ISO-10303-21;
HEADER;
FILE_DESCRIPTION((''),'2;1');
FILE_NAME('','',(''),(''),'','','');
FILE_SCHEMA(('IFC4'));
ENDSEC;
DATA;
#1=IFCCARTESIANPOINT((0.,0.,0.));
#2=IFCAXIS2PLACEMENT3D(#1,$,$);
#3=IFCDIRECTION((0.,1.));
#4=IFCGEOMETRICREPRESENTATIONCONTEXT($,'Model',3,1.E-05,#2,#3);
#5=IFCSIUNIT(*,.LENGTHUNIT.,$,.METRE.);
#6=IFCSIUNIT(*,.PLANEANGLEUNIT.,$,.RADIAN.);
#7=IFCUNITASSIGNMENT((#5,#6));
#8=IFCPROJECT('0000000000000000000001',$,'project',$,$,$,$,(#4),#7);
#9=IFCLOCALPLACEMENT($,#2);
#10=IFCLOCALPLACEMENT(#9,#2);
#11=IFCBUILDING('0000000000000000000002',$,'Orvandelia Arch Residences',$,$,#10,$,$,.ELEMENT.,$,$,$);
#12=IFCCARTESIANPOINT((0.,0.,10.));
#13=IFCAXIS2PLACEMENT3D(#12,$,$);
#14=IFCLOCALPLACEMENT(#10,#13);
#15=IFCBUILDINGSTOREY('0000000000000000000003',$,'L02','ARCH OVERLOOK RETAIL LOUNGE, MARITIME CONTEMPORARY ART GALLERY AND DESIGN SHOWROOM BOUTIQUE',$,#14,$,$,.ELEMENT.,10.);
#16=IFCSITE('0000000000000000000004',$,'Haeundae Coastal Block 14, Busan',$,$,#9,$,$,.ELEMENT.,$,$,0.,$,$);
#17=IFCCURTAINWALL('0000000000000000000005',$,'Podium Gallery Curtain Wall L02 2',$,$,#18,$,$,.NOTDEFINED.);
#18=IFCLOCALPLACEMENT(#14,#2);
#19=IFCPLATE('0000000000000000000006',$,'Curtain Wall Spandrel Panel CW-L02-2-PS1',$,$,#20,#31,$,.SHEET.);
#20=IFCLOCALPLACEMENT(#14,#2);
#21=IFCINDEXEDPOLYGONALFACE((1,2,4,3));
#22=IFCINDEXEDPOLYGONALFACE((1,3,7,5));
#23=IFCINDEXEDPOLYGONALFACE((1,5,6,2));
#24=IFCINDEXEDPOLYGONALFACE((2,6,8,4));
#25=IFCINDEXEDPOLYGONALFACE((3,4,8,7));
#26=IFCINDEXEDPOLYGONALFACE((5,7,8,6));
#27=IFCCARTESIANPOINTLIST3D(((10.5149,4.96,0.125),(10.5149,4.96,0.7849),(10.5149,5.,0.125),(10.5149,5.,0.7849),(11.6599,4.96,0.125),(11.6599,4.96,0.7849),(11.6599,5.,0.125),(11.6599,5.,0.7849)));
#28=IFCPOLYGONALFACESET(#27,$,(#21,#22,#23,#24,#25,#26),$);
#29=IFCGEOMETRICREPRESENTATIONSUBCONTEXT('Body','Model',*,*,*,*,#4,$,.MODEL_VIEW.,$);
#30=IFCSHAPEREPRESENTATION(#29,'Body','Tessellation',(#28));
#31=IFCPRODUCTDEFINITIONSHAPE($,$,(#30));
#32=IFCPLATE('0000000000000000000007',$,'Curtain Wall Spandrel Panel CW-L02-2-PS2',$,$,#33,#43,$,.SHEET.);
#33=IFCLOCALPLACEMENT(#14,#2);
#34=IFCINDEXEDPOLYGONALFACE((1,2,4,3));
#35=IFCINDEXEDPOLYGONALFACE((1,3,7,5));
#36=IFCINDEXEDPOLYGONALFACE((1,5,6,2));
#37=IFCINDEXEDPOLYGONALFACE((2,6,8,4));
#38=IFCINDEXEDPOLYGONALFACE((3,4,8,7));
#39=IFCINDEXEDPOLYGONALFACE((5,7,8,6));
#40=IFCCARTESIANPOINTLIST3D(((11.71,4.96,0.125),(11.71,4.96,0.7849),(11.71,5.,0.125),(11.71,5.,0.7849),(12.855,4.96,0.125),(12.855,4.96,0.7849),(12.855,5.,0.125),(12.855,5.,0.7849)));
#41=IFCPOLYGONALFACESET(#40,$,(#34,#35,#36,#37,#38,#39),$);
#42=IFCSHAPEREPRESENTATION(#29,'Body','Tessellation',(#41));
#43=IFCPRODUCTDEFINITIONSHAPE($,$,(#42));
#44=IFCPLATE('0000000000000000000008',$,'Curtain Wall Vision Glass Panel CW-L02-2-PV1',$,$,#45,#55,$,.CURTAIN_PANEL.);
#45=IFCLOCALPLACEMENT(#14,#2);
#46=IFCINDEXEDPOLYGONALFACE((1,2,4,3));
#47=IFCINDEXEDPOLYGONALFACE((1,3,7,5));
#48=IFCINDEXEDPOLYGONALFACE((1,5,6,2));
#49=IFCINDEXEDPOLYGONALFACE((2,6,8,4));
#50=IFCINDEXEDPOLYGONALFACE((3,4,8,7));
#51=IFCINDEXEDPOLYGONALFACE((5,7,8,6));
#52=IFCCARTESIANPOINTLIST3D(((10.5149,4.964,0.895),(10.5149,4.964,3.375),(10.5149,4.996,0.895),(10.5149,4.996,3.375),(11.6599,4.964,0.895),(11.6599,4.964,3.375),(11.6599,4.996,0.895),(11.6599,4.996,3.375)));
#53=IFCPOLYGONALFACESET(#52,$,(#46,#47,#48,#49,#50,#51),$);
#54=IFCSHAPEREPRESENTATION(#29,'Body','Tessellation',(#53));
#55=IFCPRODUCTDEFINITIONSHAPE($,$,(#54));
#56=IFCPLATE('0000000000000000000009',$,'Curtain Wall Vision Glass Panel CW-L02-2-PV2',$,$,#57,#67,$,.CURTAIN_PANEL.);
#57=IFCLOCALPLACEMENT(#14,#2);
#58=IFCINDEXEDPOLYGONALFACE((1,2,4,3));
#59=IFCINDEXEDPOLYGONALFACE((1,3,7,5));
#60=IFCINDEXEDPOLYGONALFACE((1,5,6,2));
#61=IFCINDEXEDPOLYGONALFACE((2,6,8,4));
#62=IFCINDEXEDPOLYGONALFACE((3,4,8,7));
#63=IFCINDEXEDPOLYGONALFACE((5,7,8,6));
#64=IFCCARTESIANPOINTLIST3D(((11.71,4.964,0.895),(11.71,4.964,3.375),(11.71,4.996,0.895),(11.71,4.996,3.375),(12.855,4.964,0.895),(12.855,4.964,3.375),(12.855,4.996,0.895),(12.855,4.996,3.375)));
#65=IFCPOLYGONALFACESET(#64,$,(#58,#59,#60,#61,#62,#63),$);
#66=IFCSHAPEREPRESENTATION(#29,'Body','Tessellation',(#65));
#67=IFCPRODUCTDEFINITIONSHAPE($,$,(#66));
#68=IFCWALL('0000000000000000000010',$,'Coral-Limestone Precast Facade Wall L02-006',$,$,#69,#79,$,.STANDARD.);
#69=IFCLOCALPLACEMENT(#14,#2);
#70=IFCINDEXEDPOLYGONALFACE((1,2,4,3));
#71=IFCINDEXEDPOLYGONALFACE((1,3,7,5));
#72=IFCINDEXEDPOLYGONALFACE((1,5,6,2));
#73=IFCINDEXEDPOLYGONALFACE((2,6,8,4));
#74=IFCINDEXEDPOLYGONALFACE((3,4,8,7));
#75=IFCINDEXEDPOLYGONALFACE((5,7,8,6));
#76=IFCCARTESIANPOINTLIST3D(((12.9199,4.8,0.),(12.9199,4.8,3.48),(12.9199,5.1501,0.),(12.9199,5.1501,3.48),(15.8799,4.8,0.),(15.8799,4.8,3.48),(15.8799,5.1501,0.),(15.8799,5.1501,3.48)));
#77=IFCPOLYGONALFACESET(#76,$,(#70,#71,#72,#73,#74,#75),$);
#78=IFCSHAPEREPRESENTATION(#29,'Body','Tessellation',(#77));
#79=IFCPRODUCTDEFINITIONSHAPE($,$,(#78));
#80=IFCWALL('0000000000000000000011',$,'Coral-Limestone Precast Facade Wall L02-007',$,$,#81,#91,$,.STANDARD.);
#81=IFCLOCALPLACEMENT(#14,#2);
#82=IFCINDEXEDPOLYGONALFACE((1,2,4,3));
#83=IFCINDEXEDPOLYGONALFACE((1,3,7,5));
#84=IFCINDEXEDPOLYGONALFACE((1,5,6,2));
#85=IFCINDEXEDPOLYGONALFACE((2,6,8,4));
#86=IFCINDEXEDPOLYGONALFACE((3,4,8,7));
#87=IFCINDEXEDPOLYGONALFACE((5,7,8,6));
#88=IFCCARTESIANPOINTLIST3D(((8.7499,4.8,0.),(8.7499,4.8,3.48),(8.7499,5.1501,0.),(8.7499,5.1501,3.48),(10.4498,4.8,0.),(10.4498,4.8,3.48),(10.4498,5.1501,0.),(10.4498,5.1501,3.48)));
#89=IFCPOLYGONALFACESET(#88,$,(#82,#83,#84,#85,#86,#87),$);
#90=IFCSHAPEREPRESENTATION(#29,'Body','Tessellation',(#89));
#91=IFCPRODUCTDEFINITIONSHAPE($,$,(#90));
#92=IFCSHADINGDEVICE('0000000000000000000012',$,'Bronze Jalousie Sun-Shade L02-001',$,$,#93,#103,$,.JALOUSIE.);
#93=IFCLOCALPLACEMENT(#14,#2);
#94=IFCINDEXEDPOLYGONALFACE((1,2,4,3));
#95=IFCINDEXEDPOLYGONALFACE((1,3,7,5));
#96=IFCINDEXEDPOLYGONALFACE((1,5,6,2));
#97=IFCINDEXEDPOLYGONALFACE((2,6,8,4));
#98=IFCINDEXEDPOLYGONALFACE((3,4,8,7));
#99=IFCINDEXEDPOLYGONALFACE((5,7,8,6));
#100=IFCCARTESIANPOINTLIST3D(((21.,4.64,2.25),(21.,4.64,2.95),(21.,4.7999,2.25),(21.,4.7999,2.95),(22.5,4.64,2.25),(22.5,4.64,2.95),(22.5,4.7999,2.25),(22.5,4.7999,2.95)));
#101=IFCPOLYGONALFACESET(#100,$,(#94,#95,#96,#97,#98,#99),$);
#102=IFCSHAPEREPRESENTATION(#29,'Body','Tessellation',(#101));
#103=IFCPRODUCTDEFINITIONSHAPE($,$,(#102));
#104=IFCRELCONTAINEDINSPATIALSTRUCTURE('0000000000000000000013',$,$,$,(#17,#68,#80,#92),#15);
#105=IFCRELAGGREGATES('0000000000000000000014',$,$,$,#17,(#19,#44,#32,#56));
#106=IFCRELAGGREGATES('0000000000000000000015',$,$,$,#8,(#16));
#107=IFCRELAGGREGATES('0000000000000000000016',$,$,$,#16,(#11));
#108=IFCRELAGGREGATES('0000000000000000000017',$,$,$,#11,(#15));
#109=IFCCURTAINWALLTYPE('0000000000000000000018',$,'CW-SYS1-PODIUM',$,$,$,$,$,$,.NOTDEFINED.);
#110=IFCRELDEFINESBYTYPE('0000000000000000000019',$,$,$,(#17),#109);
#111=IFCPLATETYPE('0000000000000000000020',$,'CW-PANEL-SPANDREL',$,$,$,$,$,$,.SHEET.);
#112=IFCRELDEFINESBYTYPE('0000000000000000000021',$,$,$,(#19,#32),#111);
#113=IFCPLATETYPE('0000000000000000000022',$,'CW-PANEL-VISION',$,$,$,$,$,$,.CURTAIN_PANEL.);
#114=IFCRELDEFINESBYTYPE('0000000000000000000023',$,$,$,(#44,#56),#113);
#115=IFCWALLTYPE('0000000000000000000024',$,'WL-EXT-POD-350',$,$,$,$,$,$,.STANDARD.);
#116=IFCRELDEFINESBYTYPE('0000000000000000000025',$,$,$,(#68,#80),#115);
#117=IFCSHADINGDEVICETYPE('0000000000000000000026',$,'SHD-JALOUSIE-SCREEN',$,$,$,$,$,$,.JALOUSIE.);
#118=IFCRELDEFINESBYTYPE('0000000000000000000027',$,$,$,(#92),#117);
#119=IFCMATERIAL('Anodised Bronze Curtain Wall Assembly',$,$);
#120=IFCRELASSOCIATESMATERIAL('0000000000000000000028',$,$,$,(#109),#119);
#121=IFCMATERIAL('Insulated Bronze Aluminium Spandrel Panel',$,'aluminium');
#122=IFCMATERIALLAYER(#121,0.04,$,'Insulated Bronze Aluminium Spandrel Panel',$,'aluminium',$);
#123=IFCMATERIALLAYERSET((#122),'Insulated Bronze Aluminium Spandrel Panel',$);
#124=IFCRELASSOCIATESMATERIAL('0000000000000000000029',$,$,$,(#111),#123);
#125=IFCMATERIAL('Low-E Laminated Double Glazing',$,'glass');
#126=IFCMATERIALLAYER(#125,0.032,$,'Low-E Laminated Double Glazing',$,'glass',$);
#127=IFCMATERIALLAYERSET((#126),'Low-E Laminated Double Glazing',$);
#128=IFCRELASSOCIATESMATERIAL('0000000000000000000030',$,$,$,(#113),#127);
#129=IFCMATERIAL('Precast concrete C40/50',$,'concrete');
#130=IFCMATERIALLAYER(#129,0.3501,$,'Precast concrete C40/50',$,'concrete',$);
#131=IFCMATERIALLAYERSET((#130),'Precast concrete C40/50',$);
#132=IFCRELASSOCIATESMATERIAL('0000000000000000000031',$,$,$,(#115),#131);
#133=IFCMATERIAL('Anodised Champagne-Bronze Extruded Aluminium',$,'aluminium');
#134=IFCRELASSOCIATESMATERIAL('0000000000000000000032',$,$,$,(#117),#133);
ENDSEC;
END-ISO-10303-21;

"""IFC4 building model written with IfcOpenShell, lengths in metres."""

from ifc_helpers import new_model, si_unit, direction, frame, frame_2d, origin, origin_2d, place, context, subcontext, project, spatial, rectangle, extrude, material, layer, layer_set, type_object, element, aggregate, save


model = new_model("IFC4")

# Units and contexts
model_context = context("Model", 3, precision=1e-05, world=origin(), true_north=direction((0.0, 1.0)))
body_context = subcontext(model_context, "Body", "Model", "MODEL_VIEW")
ifc_project = project(units=[si_unit("LENGTHUNIT", "METRE"), si_unit("PLANEANGLEUNIT", "RADIAN")], contexts=[model_context])

# Site, building, storey
site_placement = place(None, origin())
site = spatial("IfcSite", under=ifc_project, at=site_placement, Name="Haeundae Coastal Block 14, Busan", CompositionType="ELEMENT", RefElevation=0.0)
building_placement = place(site_placement, origin())
building = spatial("IfcBuilding", under=site, at=building_placement, Name="Orvandelia Arch Residences", CompositionType="ELEMENT")
storey_placement = place(building_placement, frame((0.0, 0.0, 10.0)))
storey = spatial("IfcBuildingStorey", under=building, at=storey_placement, Name="L02", Description="ARCH OVERLOOK RETAIL LOUNGE, MARITIME CONTEMPORARY ART GALLERY AND DESIGN SHOWROOM BOUTIQUE", CompositionType="ELEMENT", Elevation=10.0)

# Shared definitions
ifc_material_1 = material(Name="Anodised Bronze Curtain Wall Assembly")
curtain_wall_type = type_object("IfcCurtainWallType", Name="CW-SYS1-PODIUM", PredefinedType="NOTDEFINED", material=ifc_material_1)

# Curtain wall
curtain_wall_1_placement = place(storey_placement, origin())
curtain_wall_1 = element("IfcCurtainWall", 1, at=curtain_wall_1_placement, inside=storey, type_object=curtain_wall_type, Name="Podium Gallery Curtain Wall L02 2", PredefinedType="NOTDEFINED")

# Plates
ifc_material_2 = material(Name="Insulated Bronze Aluminium Spandrel Panel", Category="aluminium")
ifc_layer_1 = layer(ifc_material_2, 0.04, Name="Insulated Bronze Aluminium Spandrel Panel", Category="aluminium")
ifc_layer_set_1 = layer_set([ifc_layer_1], Name="Insulated Bronze Aluminium Spandrel Panel")
plate_type_1 = type_object("IfcPlateType", Name="CW-PANEL-SPANDREL", PredefinedType="SHEET", material=ifc_layer_set_1)
plate_1_placement = place(storey_placement, frame((11.0874, 4.98, 0.125), z_axis=(0.0, 0.0, 1.0), x_axis=(1.0, 0.0, 0.0)))
plate_1 = element("IfcPlate", 2, at=plate_1_placement, type_object=plate_type_1, Name="Curtain Wall Spandrel Panel CW-L02-2-PS1", PredefinedType="SHEET", context=body_context, shape_type="SweptSolid", body=[
    extrude(rectangle(XDim=1.145, YDim=0.04, at=origin_2d()), origin(), (0.0, 0.0, 1.0), 0.6599),
])
plate_2_placement = place(storey_placement, frame((12.2825, 4.98, 0.125), z_axis=(0.0, 0.0, 1.0), x_axis=(1.0, 0.0, 0.0)))
plate_2 = element("IfcPlate", 3, at=plate_2_placement, type_object=plate_type_1, Name="Curtain Wall Spandrel Panel CW-L02-2-PS2", PredefinedType="SHEET", context=body_context, shape_type="SweptSolid", body=[
    extrude(rectangle(XDim=1.145, YDim=0.04, at=origin_2d()), origin(), (0.0, 0.0, 1.0), 0.6599),
])
ifc_material_3 = material(Name="Low-E Laminated Double Glazing", Category="glass")
ifc_layer_2 = layer(ifc_material_3, 0.032, Name="Low-E Laminated Double Glazing", Category="glass")
ifc_layer_set_2 = layer_set([ifc_layer_2], Name="Low-E Laminated Double Glazing")
plate_type_2 = type_object("IfcPlateType", Name="CW-PANEL-VISION", PredefinedType="CURTAIN_PANEL", material=ifc_layer_set_2)
plate_3_placement = place(storey_placement, frame((11.0874, 4.98, 0.895), z_axis=(0.0, 0.0, 1.0), x_axis=(1.0, 0.0, 0.0)))
plate_3 = element("IfcPlate", 4, at=plate_3_placement, type_object=plate_type_2, Name="Curtain Wall Vision Glass Panel CW-L02-2-PV1", PredefinedType="CURTAIN_PANEL", context=body_context, shape_type="SweptSolid", body=[
    extrude(rectangle(XDim=1.145, YDim=0.032, at=origin_2d()), origin(), (0.0, 0.0, 1.0), 2.48),
])
plate_4_placement = place(storey_placement, frame((12.2825, 4.98, 0.895), z_axis=(0.0, 0.0, 1.0), x_axis=(1.0, 0.0, 0.0)))
plate_4 = element("IfcPlate", 5, at=plate_4_placement, type_object=plate_type_2, Name="Curtain Wall Vision Glass Panel CW-L02-2-PV2", PredefinedType="CURTAIN_PANEL", context=body_context, shape_type="SweptSolid", body=[
    extrude(rectangle(XDim=1.145, YDim=0.032, at=origin_2d()), origin(), (0.0, 0.0, 1.0), 2.48),
])
aggregate(curtain_wall_1, [plate_1, plate_3, plate_2, plate_4])

# Walls
ifc_material_4 = material(Name="Precast concrete C40/50", Category="concrete")
ifc_layer_3 = layer(ifc_material_4, 0.3501, Name="Precast concrete C40/50", Category="concrete")
ifc_layer_set_3 = layer_set([ifc_layer_3], Name="Precast concrete C40/50")
wall_type = type_object("IfcWallType", Name="WL-EXT-POD-350", PredefinedType="STANDARD", material=ifc_layer_set_3)
wall_1_placement = place(storey_placement, frame((15.8799, 4.9751, 0.0), z_axis=(0.0, 0.0, 1.0), x_axis=(-1.0, 0.0, 0.0)))
element("IfcWall", 6, at=wall_1_placement, inside=storey, type_object=wall_type, Name="Coral-Limestone Precast Facade Wall L02-006", PredefinedType="STANDARD", context=body_context, shape_type="SweptSolid", body=[
    extrude(rectangle(XDim=2.96, YDim=0.3501, at=frame_2d((1.48, 0.0))), origin(), (0.0, 0.0, 1.0), 3.48),
])
wall_2_placement = place(storey_placement, frame((10.45, 4.9751, 0.0), z_axis=(0.0, 0.0, 1.0), x_axis=(-1.0, 0.0, 0.0)))
element("IfcWall", 7, at=wall_2_placement, inside=storey, type_object=wall_type, Name="Coral-Limestone Precast Facade Wall L02-007", PredefinedType="STANDARD", context=body_context, shape_type="SweptSolid", body=[
    extrude(rectangle(XDim=1.7, YDim=0.3501, at=frame_2d((0.8501, 0.0))), origin(), (0.0, 0.0, 1.0), 3.48),
])

# Shading device
ifc_material_5 = material(Name="Anodised Champagne-Bronze Extruded Aluminium", Category="aluminium")
shading_device_type = type_object("IfcShadingDeviceType", Name="SHD-JALOUSIE-SCREEN", PredefinedType="JALOUSIE", material=ifc_material_5)
shading_device_placement = place(storey_placement, frame((21.75, 4.72, 2.25), z_axis=(0.0, 0.0, 1.0), x_axis=(-1.0, 0.0, 0.0)))
element("IfcShadingDevice", 8, at=shading_device_placement, inside=storey, type_object=shading_device_type, Name="Bronze Jalousie Sun-Shade L02-001", PredefinedType="JALOUSIE", context=body_context, shape_type="SweptSolid", body=[
    extrude(rectangle(XDim=1.5, YDim=0.1599, at=origin_2d()), origin(), (0.0, 0.0, 1.0), 0.7),
])

save(model, "model.ifc")
